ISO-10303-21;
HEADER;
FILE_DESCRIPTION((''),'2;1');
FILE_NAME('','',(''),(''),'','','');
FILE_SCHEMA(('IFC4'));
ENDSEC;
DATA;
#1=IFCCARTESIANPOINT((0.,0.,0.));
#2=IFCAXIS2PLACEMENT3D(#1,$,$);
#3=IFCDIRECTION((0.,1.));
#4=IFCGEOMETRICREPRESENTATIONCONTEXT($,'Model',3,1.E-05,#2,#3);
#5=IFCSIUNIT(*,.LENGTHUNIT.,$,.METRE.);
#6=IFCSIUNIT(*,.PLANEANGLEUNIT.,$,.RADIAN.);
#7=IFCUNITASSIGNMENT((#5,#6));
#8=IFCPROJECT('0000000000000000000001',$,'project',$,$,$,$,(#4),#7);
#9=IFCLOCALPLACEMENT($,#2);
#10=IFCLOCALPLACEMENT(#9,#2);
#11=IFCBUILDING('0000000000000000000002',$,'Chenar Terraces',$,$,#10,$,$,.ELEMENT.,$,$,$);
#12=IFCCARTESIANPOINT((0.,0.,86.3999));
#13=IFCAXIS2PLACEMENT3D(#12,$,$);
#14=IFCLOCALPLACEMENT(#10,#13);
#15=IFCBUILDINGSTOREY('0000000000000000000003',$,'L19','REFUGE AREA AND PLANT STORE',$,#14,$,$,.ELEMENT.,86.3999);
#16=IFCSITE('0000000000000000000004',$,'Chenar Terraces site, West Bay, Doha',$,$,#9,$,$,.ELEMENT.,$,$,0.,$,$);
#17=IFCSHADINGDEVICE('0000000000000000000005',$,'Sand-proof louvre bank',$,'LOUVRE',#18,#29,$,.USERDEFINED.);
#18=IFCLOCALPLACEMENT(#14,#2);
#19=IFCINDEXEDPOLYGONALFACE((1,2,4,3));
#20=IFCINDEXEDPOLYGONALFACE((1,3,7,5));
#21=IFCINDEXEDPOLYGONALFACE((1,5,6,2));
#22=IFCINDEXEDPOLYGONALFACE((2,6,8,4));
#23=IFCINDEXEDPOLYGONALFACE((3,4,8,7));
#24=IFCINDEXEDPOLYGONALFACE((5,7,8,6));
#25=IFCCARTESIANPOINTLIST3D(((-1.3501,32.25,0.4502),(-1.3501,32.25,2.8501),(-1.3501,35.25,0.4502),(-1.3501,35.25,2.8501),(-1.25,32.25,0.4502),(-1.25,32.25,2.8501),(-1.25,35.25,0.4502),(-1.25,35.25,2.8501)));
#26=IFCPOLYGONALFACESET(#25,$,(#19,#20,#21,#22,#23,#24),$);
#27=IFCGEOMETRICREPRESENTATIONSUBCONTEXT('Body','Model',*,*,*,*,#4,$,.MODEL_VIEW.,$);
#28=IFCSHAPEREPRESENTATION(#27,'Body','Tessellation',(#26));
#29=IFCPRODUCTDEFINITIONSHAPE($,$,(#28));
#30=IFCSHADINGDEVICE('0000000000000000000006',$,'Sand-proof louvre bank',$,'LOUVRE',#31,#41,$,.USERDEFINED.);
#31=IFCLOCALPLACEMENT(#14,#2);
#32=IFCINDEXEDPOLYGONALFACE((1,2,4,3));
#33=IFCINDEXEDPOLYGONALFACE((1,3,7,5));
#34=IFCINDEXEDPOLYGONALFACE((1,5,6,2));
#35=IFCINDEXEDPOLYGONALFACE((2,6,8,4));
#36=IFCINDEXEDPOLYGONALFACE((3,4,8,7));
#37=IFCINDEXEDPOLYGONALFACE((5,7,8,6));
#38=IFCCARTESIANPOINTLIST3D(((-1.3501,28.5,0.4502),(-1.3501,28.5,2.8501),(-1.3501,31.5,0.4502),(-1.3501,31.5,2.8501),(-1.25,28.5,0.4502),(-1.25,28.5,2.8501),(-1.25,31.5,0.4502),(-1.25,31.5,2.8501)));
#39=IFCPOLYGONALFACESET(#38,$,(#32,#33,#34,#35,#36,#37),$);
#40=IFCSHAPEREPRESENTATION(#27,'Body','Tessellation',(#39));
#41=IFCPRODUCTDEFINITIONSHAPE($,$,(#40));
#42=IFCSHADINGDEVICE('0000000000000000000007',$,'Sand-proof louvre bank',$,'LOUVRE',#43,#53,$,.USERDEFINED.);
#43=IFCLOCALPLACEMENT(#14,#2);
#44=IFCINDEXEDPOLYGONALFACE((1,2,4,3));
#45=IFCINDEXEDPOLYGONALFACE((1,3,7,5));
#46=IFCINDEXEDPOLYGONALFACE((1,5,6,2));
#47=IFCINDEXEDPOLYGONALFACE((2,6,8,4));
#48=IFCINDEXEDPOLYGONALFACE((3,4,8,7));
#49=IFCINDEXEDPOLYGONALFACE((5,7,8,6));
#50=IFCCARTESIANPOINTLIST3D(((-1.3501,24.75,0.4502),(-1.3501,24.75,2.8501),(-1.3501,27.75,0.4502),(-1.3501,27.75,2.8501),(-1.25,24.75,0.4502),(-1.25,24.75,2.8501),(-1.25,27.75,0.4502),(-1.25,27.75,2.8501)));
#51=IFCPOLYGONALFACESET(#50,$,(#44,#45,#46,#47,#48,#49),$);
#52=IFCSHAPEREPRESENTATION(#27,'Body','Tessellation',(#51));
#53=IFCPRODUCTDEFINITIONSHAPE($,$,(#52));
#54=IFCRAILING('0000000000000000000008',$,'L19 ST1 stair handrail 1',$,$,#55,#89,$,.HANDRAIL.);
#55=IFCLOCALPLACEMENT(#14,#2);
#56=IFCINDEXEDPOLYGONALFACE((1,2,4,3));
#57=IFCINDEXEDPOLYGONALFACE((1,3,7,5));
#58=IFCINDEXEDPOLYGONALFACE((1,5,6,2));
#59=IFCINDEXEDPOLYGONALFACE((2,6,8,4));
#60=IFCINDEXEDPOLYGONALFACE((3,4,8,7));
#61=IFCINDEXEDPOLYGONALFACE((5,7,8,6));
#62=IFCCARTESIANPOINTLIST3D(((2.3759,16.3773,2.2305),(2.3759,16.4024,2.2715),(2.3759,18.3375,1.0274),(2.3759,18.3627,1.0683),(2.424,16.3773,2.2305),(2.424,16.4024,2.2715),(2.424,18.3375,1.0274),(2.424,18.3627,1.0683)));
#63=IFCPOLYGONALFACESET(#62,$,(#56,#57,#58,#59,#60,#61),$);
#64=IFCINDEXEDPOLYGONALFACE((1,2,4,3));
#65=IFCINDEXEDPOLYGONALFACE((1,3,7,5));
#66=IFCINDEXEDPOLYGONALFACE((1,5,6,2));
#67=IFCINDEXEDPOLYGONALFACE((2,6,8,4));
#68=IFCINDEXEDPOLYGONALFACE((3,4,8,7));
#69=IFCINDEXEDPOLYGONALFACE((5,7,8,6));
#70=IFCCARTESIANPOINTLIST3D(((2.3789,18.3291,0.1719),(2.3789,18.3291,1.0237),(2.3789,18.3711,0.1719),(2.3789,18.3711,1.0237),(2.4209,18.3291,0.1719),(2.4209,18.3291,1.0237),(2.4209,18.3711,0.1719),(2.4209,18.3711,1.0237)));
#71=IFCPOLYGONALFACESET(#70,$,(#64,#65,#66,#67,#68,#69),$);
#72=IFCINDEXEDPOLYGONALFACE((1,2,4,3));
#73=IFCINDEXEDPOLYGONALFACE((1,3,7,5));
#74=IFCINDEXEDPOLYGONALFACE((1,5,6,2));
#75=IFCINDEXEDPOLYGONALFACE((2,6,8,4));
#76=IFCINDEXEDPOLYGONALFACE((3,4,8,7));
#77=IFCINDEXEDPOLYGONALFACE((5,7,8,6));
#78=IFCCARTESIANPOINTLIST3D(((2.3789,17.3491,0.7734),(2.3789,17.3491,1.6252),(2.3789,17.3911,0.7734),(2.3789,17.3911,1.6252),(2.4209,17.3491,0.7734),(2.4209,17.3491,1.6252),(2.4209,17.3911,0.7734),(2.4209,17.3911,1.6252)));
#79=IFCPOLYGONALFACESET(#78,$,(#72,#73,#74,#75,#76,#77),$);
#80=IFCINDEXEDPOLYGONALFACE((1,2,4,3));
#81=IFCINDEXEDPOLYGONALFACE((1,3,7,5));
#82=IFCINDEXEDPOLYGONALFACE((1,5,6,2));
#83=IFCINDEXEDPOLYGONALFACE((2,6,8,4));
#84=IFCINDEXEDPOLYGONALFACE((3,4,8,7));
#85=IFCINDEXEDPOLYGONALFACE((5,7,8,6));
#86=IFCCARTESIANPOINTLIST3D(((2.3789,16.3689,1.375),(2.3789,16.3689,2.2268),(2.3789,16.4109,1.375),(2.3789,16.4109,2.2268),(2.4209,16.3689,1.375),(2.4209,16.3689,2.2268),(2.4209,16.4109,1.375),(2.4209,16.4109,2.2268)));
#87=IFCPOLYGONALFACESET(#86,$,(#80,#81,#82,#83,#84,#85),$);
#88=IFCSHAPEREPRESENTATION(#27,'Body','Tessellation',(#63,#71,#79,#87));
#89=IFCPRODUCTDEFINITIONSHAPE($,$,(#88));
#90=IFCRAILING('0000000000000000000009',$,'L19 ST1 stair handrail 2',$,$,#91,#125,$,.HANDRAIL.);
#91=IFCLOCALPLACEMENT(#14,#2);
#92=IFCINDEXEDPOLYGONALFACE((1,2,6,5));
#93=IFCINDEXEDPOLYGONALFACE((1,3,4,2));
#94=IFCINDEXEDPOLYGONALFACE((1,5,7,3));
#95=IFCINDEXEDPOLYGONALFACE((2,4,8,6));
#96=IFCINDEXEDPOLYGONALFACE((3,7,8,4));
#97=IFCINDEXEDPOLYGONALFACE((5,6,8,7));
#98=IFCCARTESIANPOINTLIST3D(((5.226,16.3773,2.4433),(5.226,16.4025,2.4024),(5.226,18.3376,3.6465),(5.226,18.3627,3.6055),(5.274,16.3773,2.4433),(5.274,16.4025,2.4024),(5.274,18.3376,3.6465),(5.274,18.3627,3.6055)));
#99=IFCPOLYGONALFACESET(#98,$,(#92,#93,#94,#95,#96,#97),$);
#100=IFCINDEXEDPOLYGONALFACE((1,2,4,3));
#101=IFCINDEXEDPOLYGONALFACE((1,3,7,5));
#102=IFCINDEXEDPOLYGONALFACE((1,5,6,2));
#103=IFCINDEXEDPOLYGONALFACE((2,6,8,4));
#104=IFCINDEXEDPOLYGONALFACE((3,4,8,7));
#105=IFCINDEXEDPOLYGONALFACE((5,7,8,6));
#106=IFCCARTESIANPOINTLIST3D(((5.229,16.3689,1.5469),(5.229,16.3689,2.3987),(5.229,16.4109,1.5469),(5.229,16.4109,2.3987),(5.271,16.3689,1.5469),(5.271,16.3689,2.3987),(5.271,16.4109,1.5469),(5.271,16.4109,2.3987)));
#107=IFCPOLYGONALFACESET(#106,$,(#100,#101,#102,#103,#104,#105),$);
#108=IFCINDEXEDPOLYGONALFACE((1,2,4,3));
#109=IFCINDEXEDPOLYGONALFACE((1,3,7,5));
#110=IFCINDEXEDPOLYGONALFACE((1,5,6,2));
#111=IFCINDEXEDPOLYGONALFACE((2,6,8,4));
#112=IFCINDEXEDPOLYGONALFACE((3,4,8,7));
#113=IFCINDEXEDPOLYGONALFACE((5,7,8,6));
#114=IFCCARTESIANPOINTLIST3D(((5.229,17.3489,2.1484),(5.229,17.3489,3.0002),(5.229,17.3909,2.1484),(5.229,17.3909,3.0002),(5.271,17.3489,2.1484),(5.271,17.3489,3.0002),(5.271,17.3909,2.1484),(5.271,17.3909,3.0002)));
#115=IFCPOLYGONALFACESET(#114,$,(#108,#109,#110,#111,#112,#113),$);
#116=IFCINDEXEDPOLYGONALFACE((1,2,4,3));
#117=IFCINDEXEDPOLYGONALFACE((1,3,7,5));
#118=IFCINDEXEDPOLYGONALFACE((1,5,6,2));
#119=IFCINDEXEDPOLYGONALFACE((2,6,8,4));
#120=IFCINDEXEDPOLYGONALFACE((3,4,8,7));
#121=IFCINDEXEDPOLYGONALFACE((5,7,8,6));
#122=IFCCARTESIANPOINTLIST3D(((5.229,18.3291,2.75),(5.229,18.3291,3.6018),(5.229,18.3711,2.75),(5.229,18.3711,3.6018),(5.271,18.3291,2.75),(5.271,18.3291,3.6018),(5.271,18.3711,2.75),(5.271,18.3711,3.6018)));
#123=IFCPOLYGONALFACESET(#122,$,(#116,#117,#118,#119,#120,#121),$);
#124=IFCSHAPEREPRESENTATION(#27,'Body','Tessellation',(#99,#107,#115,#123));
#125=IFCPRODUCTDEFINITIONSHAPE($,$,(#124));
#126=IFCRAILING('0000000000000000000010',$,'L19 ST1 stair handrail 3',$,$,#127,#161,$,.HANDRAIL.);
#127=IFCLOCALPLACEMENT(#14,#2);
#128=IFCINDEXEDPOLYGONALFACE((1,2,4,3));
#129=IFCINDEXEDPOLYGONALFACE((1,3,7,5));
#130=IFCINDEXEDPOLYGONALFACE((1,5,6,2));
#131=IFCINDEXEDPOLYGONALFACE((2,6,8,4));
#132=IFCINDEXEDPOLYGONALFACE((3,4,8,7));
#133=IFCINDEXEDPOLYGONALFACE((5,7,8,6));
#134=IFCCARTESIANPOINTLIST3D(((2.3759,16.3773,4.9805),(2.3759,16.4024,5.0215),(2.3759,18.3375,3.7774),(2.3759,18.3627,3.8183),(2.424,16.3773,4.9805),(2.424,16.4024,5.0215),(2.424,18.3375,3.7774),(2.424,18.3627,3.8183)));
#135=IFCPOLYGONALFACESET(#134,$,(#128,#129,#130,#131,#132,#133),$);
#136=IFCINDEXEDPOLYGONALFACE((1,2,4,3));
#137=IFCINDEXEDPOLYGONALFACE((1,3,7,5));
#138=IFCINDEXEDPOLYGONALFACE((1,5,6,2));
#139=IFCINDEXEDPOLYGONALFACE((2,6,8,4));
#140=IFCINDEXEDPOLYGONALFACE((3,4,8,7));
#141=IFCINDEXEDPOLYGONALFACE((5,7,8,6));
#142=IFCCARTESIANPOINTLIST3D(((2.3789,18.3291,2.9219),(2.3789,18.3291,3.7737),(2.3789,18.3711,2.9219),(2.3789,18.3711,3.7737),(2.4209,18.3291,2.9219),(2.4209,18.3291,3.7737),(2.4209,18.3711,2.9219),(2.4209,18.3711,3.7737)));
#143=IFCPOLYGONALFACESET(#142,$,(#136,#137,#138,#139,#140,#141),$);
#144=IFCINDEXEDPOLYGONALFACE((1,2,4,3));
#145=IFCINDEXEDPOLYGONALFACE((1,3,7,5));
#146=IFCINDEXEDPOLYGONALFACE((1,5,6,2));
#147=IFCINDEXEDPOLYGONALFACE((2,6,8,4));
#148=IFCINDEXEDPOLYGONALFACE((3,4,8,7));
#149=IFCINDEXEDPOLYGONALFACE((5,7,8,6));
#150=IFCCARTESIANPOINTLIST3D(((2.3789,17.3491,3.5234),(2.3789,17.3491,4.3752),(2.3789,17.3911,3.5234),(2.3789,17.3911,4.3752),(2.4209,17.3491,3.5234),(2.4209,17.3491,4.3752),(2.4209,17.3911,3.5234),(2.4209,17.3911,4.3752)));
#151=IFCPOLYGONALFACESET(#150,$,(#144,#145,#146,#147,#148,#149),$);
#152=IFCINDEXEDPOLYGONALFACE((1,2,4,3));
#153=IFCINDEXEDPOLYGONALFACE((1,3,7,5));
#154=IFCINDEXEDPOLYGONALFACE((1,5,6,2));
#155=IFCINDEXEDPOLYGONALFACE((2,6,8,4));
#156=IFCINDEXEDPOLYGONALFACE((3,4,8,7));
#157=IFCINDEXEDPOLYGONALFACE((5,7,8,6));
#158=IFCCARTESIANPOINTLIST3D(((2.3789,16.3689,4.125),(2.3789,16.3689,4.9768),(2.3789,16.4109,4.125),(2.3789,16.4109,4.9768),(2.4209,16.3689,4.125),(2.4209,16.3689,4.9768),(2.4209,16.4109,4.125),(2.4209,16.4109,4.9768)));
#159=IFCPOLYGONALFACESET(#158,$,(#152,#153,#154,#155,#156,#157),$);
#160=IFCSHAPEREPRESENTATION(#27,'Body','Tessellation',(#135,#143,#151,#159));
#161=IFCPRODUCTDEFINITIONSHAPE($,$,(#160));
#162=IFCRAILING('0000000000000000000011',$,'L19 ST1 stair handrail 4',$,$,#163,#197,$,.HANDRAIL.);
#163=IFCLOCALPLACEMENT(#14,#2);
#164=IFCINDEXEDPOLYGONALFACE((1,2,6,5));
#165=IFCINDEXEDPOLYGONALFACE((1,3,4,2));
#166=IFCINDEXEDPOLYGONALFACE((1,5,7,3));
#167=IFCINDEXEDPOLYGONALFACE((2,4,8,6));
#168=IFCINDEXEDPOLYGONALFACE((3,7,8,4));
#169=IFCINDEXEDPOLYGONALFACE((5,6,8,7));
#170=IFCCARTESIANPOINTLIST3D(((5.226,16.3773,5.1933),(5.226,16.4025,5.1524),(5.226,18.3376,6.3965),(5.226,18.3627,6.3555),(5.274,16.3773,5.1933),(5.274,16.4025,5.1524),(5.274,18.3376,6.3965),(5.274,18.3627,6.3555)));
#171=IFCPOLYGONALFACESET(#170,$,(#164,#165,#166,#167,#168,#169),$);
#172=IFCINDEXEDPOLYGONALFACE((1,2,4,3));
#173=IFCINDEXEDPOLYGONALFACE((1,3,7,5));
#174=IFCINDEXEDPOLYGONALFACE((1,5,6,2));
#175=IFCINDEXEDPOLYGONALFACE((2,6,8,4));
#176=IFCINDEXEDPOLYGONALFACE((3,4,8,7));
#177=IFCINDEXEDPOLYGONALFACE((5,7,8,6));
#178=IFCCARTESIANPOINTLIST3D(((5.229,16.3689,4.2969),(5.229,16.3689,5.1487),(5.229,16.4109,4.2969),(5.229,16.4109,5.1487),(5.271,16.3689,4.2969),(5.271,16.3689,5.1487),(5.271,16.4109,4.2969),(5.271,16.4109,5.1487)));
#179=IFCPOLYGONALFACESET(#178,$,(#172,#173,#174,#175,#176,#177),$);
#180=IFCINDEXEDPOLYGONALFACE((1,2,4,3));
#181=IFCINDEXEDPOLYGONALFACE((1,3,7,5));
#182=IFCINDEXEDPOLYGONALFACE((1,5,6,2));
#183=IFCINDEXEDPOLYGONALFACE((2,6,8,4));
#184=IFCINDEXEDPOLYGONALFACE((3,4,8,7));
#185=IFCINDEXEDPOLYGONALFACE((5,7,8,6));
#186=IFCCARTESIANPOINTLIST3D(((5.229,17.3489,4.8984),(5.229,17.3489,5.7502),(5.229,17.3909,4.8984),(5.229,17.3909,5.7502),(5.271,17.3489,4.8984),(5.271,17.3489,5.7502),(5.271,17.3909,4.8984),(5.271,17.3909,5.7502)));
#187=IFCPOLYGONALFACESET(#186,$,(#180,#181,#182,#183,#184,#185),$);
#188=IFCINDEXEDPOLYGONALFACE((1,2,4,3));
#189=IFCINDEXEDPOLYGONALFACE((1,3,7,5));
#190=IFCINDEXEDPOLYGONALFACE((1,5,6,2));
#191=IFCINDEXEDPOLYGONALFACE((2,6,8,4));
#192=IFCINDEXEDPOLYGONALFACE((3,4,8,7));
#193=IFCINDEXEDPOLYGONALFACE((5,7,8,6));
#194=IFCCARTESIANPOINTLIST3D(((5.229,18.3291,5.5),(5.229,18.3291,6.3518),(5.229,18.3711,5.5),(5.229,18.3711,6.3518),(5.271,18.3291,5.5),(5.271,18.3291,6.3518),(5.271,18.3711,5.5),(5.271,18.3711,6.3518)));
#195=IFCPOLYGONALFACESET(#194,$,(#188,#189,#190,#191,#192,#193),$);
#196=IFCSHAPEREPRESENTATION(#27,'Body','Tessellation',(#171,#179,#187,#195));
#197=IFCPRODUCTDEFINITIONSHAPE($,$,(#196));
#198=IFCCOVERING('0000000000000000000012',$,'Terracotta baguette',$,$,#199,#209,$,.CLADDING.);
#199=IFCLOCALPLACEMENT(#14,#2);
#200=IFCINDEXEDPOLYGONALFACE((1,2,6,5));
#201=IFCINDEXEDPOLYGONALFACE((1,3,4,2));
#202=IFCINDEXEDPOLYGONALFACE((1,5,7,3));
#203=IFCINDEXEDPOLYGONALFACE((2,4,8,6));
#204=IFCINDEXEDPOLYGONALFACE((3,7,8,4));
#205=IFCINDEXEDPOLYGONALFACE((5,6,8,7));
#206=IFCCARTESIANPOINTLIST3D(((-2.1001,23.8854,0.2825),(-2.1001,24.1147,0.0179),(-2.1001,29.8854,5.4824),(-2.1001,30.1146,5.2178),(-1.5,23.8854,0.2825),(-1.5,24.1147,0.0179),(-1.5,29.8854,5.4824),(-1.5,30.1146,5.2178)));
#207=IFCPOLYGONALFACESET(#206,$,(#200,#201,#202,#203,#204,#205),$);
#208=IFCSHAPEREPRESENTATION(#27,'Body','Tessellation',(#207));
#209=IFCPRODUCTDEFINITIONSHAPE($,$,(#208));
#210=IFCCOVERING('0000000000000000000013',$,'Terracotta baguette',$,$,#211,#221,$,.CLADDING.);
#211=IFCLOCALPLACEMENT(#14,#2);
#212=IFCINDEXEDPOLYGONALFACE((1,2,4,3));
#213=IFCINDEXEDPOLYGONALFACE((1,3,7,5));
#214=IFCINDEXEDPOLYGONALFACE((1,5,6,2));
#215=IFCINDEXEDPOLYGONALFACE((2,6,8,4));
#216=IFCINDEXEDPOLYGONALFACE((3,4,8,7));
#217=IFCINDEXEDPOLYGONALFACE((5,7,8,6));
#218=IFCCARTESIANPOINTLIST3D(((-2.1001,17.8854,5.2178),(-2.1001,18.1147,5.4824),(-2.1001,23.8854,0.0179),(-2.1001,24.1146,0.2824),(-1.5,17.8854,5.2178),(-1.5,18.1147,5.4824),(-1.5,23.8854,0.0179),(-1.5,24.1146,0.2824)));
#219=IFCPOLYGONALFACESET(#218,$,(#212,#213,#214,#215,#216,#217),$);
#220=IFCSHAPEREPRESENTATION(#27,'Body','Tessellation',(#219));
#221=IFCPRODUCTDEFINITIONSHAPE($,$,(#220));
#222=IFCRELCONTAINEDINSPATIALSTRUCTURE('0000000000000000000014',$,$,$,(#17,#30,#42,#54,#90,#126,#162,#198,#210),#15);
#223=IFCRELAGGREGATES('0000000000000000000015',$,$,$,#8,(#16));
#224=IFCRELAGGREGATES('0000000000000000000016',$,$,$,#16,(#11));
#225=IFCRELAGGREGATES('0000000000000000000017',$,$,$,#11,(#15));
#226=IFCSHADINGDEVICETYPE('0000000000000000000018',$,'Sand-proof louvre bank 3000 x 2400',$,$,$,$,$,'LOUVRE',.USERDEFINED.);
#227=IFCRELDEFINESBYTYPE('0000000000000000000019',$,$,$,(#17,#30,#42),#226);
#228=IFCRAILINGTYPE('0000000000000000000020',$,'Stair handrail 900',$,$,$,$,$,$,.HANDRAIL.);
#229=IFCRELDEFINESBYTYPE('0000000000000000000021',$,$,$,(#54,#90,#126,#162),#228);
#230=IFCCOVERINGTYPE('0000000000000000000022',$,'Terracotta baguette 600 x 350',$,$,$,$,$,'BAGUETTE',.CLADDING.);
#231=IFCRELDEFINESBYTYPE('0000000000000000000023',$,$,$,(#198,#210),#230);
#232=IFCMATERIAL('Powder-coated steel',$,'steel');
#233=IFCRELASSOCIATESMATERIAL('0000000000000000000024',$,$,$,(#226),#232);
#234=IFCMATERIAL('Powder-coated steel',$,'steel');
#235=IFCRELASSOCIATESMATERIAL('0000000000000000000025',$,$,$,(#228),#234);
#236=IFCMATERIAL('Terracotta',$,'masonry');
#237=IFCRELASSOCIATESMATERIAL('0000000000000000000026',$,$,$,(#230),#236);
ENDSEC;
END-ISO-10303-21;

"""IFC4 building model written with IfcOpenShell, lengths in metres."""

from ifc_helpers import new_model, si_unit, direction, frame, origin, origin_2d, place, context, subcontext, project, spatial, rectangle, extrude, material, material_profile, profile_set, type_object, element, save


model = new_model("IFC4")

# Units and contexts
model_context = context("Model", 3, precision=1e-05, world=origin(), true_north=direction((0.0, 1.0)))
body_context = subcontext(model_context, "Body", "Model", "MODEL_VIEW")
ifc_project = project(units=[si_unit("LENGTHUNIT", "METRE"), si_unit("PLANEANGLEUNIT", "RADIAN")], contexts=[model_context])

# Site, building, storey
site_placement = place(None, origin())
site = spatial("IfcSite", under=ifc_project, at=site_placement, Name="Chenar Terraces site, West Bay, Doha", CompositionType="ELEMENT", RefElevation=0.0)
building_placement = place(site_placement, origin())
building = spatial("IfcBuilding", under=site, at=building_placement, Name="Chenar Terraces", CompositionType="ELEMENT")
storey_placement = place(building_placement, frame((0.0, 0.0, 86.3999)))
storey = spatial("IfcBuildingStorey", under=building, at=storey_placement, Name="L19", Description="REFUGE AREA AND PLANT STORE", CompositionType="ELEMENT", Elevation=86.3999)

# Shading devices
ifc_material_1 = material(Name="Powder-coated steel", Category="steel")
shading_device_type = type_object("IfcShadingDeviceType", Name="Sand-proof louvre bank 3000 x 2400", ElementType="LOUVRE", PredefinedType="USERDEFINED", material=ifc_material_1)
for number, where, z_axis, x_axis, name in (
    (1, (-1.3, 33.75, 0.4502), (0.0, 0.0, 1.0), (0.0, -1.0, 0.0), "Sand-proof louvre bank"),
    (2, (-1.3, 30.0, 0.4502), (0.0, 0.0, 1.0), (0.0, -1.0, 0.0), "Sand-proof louvre bank"),
    (3, (-1.3, 26.25, 0.4502), (0.0, 0.0, 1.0), (0.0, -1.0, 0.0), "Sand-proof louvre bank"),
):
    element("IfcShadingDevice", number, at=place(storey_placement, frame(where, z_axis=z_axis, x_axis=x_axis)), inside=storey, type_object=shading_device_type, Name=name, ObjectType="LOUVRE", PredefinedType="USERDEFINED", context=body_context, shape_type="SweptSolid", body=[
        extrude(rectangle(XDim=3.0, YDim=0.1001, at=origin_2d()), origin(), (0.0, 0.0, 1.0), 2.3999),
    ])

# Railings
ifc_material_2 = material(Name="Powder-coated steel", Category="steel")
railing_type_1 = type_object("IfcRailingType", Name="Stair handrail 900", PredefinedType="HANDRAIL", material=ifc_material_2)
railing_1_placement = place(storey_placement, frame((2.3999, 18.3501, 0.1719)))
element("IfcRailing", 4, at=railing_1_placement, inside=storey, type_object=railing_type_1, Name="L19 ST1 stair handrail 1", PredefinedType="HANDRAIL", context=body_context, shape_type="SweptSolid", body=[
    extrude(rectangle(XDim=0.0481, YDim=0.0481, at=origin_2d()), frame((0.0, 0.0, 0.876), z_axis=(0.0, -0.85227, 0.523102), x_axis=(1.0, 0.0, 0.0)), (0.0, 0.0, 1.0), 2.3),
    extrude(rectangle(XDim=0.042, YDim=0.042, at=origin_2d()), origin(), (0.0, 0.0, 1.0), 0.8518),
    extrude(rectangle(XDim=0.042, YDim=0.042, at=origin_2d()), frame((0.0, -0.98, 0.6016)), (0.0, 0.0, 1.0), 0.8518),
    extrude(rectangle(XDim=0.042, YDim=0.042, at=origin_2d()), frame((0.0, -1.9602, 1.2031)), (0.0, 0.0, 1.0), 0.8518),
])
railing_2_placement = place(storey_placement, frame((5.25, 16.3899, 1.5469)))
element("IfcRailing", 5, at=railing_2_placement, inside=storey, type_object=railing_type_1, Name="L19 ST1 stair handrail 2", PredefinedType="HANDRAIL", context=body_context, shape_type="SweptSolid", body=[
    extrude(rectangle(XDim=0.0481, YDim=0.0481, at=origin_2d()), frame((0.0, 0.0, 0.876), z_axis=(0.0, 0.85227, 0.523102), x_axis=(-1.0, 0.0, 0.0)), (0.0, 0.0, 1.0), 2.3),
    extrude(rectangle(XDim=0.042, YDim=0.042, at=origin_2d()), origin(), (0.0, 0.0, 1.0), 0.8518),
    extrude(rectangle(XDim=0.042, YDim=0.042, at=origin_2d()), frame((0.0, 0.98, 0.6016)), (0.0, 0.0, 1.0), 0.8518),
    extrude(rectangle(XDim=0.042, YDim=0.042, at=origin_2d()), frame((0.0, 1.9602, 1.2031)), (0.0, 0.0, 1.0), 0.8518),
])
railing_3_placement = place(storey_placement, frame((2.3999, 18.3501, 2.9219)))
element("IfcRailing", 6, at=railing_3_placement, inside=storey, type_object=railing_type_1, Name="L19 ST1 stair handrail 3", PredefinedType="HANDRAIL", context=body_context, shape_type="SweptSolid", body=[
    extrude(rectangle(XDim=0.0481, YDim=0.0481, at=origin_2d()), frame((0.0, 0.0, 0.876), z_axis=(0.0, -0.85227, 0.523102), x_axis=(1.0, 0.0, 0.0)), (0.0, 0.0, 1.0), 2.3),
    extrude(rectangle(XDim=0.042, YDim=0.042, at=origin_2d()), origin(), (0.0, 0.0, 1.0), 0.8518),
    extrude(rectangle(XDim=0.042, YDim=0.042, at=origin_2d()), frame((0.0, -0.98, 0.6016)), (0.0, 0.0, 1.0), 0.8518),
    extrude(rectangle(XDim=0.042, YDim=0.042, at=origin_2d()), frame((0.0, -1.9602, 1.2031)), (0.0, 0.0, 1.0), 0.8518),
])
railing_4_placement = place(storey_placement, frame((5.25, 16.3899, 4.2969)))
element("IfcRailing", 7, at=railing_4_placement, inside=storey, type_object=railing_type_1, Name="L19 ST1 stair handrail 4", PredefinedType="HANDRAIL", context=body_context, shape_type="SweptSolid", body=[
    extrude(rectangle(XDim=0.0481, YDim=0.0481, at=origin_2d()), frame((0.0, 0.0, 0.876), z_axis=(0.0, 0.85227, 0.523102), x_axis=(-1.0, 0.0, 0.0)), (0.0, 0.0, 1.0), 2.3),
    extrude(rectangle(XDim=0.042, YDim=0.042, at=origin_2d()), origin(), (0.0, 0.0, 1.0), 0.8518),
    extrude(rectangle(XDim=0.042, YDim=0.042, at=origin_2d()), frame((0.0, 0.98, 0.6016)), (0.0, 0.0, 1.0), 0.8518),
    extrude(rectangle(XDim=0.042, YDim=0.042, at=origin_2d()), frame((0.0, 1.9602, 1.2031)), (0.0, 0.0, 1.0), 0.8518),
])

# Coverings
ifc_material_3 = material(Name="Terracotta", Category="masonry")
ifc_material_profile_1 = material_profile(ifc_material_3, rectangle(XDim=0.6001, YDim=0.3501, at=origin_2d()), Name="Terracotta baguette 600 x 350")
ifc_profile_set_1 = profile_set([ifc_material_profile_1], Name="Terracotta")
covering_type = type_object("IfcCoveringType", Name="Terracotta baguette 600 x 350", ElementType="BAGUETTE", PredefinedType="CLADDING", material=ifc_profile_set_1)
for number, where, z_axis, x_axis, name in (
    (8, (-1.8, 30.0, 5.3501), (0.0, -0.755692, -0.654927), (1.0, 0.0, 0.0), "Terracotta baguette"),
    (9, (-1.8, 24.0, 0.1501), (0.0, -0.755692, 0.654927), (1.0, 0.0, 0.0), "Terracotta baguette"),
):
    element("IfcCovering", number, at=place(storey_placement, frame(where, z_axis=z_axis, x_axis=x_axis)), inside=storey, type_object=covering_type, Name=name, PredefinedType="CLADDING", context=body_context, shape_type="SweptSolid", body=[
        extrude(rectangle(XDim=0.6001, YDim=0.3501, at=origin_2d()), origin(), (0.0, 0.0, 1.0), 7.9397),
    ])

save(model, "model.ifc")
